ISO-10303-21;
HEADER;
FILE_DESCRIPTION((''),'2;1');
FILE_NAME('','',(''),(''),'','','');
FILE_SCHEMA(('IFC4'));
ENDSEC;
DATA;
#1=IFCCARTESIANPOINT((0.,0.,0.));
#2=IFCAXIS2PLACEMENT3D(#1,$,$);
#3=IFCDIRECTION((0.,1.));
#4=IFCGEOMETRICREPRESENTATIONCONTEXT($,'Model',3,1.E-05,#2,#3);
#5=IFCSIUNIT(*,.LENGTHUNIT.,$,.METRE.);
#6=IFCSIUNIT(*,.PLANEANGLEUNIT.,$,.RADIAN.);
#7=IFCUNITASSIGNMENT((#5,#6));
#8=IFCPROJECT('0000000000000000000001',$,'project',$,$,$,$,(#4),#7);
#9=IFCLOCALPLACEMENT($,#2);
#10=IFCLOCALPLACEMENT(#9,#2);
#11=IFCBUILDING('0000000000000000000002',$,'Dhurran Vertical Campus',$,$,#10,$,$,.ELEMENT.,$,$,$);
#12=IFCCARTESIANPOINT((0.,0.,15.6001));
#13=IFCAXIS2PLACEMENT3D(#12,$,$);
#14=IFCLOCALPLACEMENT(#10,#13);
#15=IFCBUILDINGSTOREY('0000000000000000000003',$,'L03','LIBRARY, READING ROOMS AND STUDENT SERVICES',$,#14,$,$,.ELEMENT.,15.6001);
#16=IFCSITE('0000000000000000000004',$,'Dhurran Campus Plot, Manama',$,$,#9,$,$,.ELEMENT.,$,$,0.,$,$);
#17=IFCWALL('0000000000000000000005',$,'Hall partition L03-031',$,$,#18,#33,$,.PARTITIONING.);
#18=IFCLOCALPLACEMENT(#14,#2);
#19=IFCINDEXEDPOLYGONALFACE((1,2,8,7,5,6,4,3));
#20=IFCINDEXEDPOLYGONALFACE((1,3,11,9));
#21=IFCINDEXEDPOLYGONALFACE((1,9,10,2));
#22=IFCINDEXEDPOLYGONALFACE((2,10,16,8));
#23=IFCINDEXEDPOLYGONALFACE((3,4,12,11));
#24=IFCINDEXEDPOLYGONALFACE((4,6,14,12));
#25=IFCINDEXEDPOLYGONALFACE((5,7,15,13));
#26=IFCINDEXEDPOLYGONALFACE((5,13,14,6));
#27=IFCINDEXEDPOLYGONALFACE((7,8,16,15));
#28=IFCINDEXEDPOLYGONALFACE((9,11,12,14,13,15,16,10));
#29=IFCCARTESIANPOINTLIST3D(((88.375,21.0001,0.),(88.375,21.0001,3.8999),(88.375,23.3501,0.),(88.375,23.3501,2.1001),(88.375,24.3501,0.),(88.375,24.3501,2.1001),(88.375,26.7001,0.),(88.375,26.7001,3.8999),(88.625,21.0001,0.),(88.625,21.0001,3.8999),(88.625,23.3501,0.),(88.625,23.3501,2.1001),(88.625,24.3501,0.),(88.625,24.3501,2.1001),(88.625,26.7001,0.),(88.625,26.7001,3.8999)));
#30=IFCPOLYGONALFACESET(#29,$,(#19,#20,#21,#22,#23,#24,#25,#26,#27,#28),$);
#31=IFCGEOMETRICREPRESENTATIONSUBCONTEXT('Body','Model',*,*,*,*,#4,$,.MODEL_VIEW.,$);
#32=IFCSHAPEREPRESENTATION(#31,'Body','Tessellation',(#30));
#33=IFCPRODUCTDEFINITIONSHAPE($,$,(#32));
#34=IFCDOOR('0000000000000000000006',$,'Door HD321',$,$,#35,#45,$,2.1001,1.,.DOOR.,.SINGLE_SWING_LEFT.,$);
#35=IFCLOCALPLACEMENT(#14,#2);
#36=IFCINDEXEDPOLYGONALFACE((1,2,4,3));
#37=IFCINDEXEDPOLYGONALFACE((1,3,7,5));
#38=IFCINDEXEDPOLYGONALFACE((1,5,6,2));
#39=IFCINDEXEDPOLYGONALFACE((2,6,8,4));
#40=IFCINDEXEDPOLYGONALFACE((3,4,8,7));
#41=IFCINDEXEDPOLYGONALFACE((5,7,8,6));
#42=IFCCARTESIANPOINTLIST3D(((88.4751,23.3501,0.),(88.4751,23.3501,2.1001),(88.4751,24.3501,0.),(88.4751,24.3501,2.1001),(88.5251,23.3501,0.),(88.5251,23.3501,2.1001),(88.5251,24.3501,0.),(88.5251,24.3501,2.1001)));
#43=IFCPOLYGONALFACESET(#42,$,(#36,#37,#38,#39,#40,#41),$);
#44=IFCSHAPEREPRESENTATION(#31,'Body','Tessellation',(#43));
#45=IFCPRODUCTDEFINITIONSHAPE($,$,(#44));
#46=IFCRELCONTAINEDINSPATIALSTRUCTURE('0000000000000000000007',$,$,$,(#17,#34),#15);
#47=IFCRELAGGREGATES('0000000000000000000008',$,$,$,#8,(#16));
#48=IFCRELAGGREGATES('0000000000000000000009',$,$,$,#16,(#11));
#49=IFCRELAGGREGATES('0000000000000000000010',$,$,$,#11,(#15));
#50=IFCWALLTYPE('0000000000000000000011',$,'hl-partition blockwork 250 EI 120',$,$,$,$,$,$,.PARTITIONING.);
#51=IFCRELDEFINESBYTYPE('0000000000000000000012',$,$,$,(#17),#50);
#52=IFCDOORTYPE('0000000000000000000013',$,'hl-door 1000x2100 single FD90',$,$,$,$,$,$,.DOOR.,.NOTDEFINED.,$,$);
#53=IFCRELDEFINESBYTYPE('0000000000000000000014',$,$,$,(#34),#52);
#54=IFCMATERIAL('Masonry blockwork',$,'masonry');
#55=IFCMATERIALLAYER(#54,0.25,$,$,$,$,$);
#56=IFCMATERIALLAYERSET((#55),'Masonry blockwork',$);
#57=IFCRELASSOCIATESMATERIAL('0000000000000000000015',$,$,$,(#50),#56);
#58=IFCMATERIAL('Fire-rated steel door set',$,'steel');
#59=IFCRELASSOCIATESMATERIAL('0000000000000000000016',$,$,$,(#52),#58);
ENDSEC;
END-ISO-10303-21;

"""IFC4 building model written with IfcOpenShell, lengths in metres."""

from ifc_helpers import new_model, si_unit, direction, frame, frame_2d, origin, place, context, subcontext, project, spatial, rectangle, extrude, material, layer, layer_set, type_object, element, fill, save


model = new_model("IFC4")

# Units and contexts
model_context = context("Model", 3, precision=1e-05, world=origin(), true_north=direction((0.0, 1.0)))
body_context = subcontext(model_context, "Body", "Model", "MODEL_VIEW")
ifc_project = project(units=[si_unit("LENGTHUNIT", "METRE"), si_unit("PLANEANGLEUNIT", "RADIAN")], contexts=[model_context])

# Site, building, storey
site_placement = place(None, origin())
site = spatial("IfcSite", under=ifc_project, at=site_placement, Name="Dhurran Campus Plot, Manama", CompositionType="ELEMENT", RefElevation=0.0)
building_placement = place(site_placement, origin())
building = spatial("IfcBuilding", under=site, at=building_placement, Name="Dhurran Vertical Campus", CompositionType="ELEMENT")
storey_placement = place(building_placement, frame((0.0, 0.0, 15.6001)))
storey = spatial("IfcBuildingStorey", under=building, at=storey_placement, Name="L03", Description="LIBRARY, READING ROOMS AND STUDENT SERVICES", CompositionType="ELEMENT", Elevation=15.6001)

# Shared definitions
ifc_material_1 = material(Name="Masonry blockwork", Category="masonry")
ifc_layer_1 = layer(ifc_material_1, 0.25)
ifc_layer_set_1 = layer_set([ifc_layer_1], Name="Masonry blockwork")
wall_type_1 = type_object("IfcWallType", Name="hl-partition blockwork 250 EI 120", PredefinedType="PARTITIONING", material=ifc_layer_set_1)

# Wall, opening, door
wall_1_placement = place(storey_placement, frame((88.5, 21.0, 0.0), z_axis=(0.0, 0.0, 1.0), x_axis=(0.0, 1.0, 0.0)))
wall_1 = element("IfcWall", 1, at=wall_1_placement, inside=storey, type_object=wall_type_1, Name="Hall partition L03-031", PredefinedType="PARTITIONING", context=body_context, shape_type="SweptSolid", body=[
    extrude(rectangle(XDim=5.7, YDim=0.25, at=frame_2d((2.8501, 0.0))), origin(), (0.0, 0.0, 1.0), 3.8999),
])
opening_1_placement = place(wall_1_placement, frame((2.3501, 0.0, 0.0)))
opening_1 = element("IfcOpeningElement", 2, at=opening_1_placement, cuts=wall_1, PredefinedType="OPENING", context=body_context, shape_type="SweptSolid", body=[
    extrude(rectangle(XDim=1.0, YDim=2.1001, at=frame_2d((0.5, 1.05))), frame((0.0, 0.135, 0.0), z_axis=(0.0, -1.0, 0.0), x_axis=(1.0, 0.0, 0.0)), (0.0, 0.0, 1.0), 0.27),
])
ifc_material_2 = material(Name="Fire-rated steel door set", Category="steel")
door_type_1 = type_object("IfcDoorType", Name="hl-door 1000x2100 single FD90", OperationType="NOTDEFINED", PredefinedType="DOOR", material=ifc_material_2)
door_1_placement = place(opening_1_placement, origin())
door_1 = element("IfcDoor", 3, at=door_1_placement, inside=storey, type_object=door_type_1, Name="Door HD321", OperationType="SINGLE_SWING_LEFT", OverallHeight=2.1001, OverallWidth=1.0, PredefinedType="DOOR", context=body_context, shape_type="SweptSolid", body=[
    extrude(rectangle(XDim=1.0, YDim=2.1001, at=frame_2d((0.5, 1.05))), frame((0.0, 0.0249, 0.0), z_axis=(0.0, -1.0, 0.0), x_axis=(1.0, 0.0, 0.0)), (0.0, 0.0, 1.0), 0.05),
])
fill(opening_1, door_1)

save(model, "model.ifc")
